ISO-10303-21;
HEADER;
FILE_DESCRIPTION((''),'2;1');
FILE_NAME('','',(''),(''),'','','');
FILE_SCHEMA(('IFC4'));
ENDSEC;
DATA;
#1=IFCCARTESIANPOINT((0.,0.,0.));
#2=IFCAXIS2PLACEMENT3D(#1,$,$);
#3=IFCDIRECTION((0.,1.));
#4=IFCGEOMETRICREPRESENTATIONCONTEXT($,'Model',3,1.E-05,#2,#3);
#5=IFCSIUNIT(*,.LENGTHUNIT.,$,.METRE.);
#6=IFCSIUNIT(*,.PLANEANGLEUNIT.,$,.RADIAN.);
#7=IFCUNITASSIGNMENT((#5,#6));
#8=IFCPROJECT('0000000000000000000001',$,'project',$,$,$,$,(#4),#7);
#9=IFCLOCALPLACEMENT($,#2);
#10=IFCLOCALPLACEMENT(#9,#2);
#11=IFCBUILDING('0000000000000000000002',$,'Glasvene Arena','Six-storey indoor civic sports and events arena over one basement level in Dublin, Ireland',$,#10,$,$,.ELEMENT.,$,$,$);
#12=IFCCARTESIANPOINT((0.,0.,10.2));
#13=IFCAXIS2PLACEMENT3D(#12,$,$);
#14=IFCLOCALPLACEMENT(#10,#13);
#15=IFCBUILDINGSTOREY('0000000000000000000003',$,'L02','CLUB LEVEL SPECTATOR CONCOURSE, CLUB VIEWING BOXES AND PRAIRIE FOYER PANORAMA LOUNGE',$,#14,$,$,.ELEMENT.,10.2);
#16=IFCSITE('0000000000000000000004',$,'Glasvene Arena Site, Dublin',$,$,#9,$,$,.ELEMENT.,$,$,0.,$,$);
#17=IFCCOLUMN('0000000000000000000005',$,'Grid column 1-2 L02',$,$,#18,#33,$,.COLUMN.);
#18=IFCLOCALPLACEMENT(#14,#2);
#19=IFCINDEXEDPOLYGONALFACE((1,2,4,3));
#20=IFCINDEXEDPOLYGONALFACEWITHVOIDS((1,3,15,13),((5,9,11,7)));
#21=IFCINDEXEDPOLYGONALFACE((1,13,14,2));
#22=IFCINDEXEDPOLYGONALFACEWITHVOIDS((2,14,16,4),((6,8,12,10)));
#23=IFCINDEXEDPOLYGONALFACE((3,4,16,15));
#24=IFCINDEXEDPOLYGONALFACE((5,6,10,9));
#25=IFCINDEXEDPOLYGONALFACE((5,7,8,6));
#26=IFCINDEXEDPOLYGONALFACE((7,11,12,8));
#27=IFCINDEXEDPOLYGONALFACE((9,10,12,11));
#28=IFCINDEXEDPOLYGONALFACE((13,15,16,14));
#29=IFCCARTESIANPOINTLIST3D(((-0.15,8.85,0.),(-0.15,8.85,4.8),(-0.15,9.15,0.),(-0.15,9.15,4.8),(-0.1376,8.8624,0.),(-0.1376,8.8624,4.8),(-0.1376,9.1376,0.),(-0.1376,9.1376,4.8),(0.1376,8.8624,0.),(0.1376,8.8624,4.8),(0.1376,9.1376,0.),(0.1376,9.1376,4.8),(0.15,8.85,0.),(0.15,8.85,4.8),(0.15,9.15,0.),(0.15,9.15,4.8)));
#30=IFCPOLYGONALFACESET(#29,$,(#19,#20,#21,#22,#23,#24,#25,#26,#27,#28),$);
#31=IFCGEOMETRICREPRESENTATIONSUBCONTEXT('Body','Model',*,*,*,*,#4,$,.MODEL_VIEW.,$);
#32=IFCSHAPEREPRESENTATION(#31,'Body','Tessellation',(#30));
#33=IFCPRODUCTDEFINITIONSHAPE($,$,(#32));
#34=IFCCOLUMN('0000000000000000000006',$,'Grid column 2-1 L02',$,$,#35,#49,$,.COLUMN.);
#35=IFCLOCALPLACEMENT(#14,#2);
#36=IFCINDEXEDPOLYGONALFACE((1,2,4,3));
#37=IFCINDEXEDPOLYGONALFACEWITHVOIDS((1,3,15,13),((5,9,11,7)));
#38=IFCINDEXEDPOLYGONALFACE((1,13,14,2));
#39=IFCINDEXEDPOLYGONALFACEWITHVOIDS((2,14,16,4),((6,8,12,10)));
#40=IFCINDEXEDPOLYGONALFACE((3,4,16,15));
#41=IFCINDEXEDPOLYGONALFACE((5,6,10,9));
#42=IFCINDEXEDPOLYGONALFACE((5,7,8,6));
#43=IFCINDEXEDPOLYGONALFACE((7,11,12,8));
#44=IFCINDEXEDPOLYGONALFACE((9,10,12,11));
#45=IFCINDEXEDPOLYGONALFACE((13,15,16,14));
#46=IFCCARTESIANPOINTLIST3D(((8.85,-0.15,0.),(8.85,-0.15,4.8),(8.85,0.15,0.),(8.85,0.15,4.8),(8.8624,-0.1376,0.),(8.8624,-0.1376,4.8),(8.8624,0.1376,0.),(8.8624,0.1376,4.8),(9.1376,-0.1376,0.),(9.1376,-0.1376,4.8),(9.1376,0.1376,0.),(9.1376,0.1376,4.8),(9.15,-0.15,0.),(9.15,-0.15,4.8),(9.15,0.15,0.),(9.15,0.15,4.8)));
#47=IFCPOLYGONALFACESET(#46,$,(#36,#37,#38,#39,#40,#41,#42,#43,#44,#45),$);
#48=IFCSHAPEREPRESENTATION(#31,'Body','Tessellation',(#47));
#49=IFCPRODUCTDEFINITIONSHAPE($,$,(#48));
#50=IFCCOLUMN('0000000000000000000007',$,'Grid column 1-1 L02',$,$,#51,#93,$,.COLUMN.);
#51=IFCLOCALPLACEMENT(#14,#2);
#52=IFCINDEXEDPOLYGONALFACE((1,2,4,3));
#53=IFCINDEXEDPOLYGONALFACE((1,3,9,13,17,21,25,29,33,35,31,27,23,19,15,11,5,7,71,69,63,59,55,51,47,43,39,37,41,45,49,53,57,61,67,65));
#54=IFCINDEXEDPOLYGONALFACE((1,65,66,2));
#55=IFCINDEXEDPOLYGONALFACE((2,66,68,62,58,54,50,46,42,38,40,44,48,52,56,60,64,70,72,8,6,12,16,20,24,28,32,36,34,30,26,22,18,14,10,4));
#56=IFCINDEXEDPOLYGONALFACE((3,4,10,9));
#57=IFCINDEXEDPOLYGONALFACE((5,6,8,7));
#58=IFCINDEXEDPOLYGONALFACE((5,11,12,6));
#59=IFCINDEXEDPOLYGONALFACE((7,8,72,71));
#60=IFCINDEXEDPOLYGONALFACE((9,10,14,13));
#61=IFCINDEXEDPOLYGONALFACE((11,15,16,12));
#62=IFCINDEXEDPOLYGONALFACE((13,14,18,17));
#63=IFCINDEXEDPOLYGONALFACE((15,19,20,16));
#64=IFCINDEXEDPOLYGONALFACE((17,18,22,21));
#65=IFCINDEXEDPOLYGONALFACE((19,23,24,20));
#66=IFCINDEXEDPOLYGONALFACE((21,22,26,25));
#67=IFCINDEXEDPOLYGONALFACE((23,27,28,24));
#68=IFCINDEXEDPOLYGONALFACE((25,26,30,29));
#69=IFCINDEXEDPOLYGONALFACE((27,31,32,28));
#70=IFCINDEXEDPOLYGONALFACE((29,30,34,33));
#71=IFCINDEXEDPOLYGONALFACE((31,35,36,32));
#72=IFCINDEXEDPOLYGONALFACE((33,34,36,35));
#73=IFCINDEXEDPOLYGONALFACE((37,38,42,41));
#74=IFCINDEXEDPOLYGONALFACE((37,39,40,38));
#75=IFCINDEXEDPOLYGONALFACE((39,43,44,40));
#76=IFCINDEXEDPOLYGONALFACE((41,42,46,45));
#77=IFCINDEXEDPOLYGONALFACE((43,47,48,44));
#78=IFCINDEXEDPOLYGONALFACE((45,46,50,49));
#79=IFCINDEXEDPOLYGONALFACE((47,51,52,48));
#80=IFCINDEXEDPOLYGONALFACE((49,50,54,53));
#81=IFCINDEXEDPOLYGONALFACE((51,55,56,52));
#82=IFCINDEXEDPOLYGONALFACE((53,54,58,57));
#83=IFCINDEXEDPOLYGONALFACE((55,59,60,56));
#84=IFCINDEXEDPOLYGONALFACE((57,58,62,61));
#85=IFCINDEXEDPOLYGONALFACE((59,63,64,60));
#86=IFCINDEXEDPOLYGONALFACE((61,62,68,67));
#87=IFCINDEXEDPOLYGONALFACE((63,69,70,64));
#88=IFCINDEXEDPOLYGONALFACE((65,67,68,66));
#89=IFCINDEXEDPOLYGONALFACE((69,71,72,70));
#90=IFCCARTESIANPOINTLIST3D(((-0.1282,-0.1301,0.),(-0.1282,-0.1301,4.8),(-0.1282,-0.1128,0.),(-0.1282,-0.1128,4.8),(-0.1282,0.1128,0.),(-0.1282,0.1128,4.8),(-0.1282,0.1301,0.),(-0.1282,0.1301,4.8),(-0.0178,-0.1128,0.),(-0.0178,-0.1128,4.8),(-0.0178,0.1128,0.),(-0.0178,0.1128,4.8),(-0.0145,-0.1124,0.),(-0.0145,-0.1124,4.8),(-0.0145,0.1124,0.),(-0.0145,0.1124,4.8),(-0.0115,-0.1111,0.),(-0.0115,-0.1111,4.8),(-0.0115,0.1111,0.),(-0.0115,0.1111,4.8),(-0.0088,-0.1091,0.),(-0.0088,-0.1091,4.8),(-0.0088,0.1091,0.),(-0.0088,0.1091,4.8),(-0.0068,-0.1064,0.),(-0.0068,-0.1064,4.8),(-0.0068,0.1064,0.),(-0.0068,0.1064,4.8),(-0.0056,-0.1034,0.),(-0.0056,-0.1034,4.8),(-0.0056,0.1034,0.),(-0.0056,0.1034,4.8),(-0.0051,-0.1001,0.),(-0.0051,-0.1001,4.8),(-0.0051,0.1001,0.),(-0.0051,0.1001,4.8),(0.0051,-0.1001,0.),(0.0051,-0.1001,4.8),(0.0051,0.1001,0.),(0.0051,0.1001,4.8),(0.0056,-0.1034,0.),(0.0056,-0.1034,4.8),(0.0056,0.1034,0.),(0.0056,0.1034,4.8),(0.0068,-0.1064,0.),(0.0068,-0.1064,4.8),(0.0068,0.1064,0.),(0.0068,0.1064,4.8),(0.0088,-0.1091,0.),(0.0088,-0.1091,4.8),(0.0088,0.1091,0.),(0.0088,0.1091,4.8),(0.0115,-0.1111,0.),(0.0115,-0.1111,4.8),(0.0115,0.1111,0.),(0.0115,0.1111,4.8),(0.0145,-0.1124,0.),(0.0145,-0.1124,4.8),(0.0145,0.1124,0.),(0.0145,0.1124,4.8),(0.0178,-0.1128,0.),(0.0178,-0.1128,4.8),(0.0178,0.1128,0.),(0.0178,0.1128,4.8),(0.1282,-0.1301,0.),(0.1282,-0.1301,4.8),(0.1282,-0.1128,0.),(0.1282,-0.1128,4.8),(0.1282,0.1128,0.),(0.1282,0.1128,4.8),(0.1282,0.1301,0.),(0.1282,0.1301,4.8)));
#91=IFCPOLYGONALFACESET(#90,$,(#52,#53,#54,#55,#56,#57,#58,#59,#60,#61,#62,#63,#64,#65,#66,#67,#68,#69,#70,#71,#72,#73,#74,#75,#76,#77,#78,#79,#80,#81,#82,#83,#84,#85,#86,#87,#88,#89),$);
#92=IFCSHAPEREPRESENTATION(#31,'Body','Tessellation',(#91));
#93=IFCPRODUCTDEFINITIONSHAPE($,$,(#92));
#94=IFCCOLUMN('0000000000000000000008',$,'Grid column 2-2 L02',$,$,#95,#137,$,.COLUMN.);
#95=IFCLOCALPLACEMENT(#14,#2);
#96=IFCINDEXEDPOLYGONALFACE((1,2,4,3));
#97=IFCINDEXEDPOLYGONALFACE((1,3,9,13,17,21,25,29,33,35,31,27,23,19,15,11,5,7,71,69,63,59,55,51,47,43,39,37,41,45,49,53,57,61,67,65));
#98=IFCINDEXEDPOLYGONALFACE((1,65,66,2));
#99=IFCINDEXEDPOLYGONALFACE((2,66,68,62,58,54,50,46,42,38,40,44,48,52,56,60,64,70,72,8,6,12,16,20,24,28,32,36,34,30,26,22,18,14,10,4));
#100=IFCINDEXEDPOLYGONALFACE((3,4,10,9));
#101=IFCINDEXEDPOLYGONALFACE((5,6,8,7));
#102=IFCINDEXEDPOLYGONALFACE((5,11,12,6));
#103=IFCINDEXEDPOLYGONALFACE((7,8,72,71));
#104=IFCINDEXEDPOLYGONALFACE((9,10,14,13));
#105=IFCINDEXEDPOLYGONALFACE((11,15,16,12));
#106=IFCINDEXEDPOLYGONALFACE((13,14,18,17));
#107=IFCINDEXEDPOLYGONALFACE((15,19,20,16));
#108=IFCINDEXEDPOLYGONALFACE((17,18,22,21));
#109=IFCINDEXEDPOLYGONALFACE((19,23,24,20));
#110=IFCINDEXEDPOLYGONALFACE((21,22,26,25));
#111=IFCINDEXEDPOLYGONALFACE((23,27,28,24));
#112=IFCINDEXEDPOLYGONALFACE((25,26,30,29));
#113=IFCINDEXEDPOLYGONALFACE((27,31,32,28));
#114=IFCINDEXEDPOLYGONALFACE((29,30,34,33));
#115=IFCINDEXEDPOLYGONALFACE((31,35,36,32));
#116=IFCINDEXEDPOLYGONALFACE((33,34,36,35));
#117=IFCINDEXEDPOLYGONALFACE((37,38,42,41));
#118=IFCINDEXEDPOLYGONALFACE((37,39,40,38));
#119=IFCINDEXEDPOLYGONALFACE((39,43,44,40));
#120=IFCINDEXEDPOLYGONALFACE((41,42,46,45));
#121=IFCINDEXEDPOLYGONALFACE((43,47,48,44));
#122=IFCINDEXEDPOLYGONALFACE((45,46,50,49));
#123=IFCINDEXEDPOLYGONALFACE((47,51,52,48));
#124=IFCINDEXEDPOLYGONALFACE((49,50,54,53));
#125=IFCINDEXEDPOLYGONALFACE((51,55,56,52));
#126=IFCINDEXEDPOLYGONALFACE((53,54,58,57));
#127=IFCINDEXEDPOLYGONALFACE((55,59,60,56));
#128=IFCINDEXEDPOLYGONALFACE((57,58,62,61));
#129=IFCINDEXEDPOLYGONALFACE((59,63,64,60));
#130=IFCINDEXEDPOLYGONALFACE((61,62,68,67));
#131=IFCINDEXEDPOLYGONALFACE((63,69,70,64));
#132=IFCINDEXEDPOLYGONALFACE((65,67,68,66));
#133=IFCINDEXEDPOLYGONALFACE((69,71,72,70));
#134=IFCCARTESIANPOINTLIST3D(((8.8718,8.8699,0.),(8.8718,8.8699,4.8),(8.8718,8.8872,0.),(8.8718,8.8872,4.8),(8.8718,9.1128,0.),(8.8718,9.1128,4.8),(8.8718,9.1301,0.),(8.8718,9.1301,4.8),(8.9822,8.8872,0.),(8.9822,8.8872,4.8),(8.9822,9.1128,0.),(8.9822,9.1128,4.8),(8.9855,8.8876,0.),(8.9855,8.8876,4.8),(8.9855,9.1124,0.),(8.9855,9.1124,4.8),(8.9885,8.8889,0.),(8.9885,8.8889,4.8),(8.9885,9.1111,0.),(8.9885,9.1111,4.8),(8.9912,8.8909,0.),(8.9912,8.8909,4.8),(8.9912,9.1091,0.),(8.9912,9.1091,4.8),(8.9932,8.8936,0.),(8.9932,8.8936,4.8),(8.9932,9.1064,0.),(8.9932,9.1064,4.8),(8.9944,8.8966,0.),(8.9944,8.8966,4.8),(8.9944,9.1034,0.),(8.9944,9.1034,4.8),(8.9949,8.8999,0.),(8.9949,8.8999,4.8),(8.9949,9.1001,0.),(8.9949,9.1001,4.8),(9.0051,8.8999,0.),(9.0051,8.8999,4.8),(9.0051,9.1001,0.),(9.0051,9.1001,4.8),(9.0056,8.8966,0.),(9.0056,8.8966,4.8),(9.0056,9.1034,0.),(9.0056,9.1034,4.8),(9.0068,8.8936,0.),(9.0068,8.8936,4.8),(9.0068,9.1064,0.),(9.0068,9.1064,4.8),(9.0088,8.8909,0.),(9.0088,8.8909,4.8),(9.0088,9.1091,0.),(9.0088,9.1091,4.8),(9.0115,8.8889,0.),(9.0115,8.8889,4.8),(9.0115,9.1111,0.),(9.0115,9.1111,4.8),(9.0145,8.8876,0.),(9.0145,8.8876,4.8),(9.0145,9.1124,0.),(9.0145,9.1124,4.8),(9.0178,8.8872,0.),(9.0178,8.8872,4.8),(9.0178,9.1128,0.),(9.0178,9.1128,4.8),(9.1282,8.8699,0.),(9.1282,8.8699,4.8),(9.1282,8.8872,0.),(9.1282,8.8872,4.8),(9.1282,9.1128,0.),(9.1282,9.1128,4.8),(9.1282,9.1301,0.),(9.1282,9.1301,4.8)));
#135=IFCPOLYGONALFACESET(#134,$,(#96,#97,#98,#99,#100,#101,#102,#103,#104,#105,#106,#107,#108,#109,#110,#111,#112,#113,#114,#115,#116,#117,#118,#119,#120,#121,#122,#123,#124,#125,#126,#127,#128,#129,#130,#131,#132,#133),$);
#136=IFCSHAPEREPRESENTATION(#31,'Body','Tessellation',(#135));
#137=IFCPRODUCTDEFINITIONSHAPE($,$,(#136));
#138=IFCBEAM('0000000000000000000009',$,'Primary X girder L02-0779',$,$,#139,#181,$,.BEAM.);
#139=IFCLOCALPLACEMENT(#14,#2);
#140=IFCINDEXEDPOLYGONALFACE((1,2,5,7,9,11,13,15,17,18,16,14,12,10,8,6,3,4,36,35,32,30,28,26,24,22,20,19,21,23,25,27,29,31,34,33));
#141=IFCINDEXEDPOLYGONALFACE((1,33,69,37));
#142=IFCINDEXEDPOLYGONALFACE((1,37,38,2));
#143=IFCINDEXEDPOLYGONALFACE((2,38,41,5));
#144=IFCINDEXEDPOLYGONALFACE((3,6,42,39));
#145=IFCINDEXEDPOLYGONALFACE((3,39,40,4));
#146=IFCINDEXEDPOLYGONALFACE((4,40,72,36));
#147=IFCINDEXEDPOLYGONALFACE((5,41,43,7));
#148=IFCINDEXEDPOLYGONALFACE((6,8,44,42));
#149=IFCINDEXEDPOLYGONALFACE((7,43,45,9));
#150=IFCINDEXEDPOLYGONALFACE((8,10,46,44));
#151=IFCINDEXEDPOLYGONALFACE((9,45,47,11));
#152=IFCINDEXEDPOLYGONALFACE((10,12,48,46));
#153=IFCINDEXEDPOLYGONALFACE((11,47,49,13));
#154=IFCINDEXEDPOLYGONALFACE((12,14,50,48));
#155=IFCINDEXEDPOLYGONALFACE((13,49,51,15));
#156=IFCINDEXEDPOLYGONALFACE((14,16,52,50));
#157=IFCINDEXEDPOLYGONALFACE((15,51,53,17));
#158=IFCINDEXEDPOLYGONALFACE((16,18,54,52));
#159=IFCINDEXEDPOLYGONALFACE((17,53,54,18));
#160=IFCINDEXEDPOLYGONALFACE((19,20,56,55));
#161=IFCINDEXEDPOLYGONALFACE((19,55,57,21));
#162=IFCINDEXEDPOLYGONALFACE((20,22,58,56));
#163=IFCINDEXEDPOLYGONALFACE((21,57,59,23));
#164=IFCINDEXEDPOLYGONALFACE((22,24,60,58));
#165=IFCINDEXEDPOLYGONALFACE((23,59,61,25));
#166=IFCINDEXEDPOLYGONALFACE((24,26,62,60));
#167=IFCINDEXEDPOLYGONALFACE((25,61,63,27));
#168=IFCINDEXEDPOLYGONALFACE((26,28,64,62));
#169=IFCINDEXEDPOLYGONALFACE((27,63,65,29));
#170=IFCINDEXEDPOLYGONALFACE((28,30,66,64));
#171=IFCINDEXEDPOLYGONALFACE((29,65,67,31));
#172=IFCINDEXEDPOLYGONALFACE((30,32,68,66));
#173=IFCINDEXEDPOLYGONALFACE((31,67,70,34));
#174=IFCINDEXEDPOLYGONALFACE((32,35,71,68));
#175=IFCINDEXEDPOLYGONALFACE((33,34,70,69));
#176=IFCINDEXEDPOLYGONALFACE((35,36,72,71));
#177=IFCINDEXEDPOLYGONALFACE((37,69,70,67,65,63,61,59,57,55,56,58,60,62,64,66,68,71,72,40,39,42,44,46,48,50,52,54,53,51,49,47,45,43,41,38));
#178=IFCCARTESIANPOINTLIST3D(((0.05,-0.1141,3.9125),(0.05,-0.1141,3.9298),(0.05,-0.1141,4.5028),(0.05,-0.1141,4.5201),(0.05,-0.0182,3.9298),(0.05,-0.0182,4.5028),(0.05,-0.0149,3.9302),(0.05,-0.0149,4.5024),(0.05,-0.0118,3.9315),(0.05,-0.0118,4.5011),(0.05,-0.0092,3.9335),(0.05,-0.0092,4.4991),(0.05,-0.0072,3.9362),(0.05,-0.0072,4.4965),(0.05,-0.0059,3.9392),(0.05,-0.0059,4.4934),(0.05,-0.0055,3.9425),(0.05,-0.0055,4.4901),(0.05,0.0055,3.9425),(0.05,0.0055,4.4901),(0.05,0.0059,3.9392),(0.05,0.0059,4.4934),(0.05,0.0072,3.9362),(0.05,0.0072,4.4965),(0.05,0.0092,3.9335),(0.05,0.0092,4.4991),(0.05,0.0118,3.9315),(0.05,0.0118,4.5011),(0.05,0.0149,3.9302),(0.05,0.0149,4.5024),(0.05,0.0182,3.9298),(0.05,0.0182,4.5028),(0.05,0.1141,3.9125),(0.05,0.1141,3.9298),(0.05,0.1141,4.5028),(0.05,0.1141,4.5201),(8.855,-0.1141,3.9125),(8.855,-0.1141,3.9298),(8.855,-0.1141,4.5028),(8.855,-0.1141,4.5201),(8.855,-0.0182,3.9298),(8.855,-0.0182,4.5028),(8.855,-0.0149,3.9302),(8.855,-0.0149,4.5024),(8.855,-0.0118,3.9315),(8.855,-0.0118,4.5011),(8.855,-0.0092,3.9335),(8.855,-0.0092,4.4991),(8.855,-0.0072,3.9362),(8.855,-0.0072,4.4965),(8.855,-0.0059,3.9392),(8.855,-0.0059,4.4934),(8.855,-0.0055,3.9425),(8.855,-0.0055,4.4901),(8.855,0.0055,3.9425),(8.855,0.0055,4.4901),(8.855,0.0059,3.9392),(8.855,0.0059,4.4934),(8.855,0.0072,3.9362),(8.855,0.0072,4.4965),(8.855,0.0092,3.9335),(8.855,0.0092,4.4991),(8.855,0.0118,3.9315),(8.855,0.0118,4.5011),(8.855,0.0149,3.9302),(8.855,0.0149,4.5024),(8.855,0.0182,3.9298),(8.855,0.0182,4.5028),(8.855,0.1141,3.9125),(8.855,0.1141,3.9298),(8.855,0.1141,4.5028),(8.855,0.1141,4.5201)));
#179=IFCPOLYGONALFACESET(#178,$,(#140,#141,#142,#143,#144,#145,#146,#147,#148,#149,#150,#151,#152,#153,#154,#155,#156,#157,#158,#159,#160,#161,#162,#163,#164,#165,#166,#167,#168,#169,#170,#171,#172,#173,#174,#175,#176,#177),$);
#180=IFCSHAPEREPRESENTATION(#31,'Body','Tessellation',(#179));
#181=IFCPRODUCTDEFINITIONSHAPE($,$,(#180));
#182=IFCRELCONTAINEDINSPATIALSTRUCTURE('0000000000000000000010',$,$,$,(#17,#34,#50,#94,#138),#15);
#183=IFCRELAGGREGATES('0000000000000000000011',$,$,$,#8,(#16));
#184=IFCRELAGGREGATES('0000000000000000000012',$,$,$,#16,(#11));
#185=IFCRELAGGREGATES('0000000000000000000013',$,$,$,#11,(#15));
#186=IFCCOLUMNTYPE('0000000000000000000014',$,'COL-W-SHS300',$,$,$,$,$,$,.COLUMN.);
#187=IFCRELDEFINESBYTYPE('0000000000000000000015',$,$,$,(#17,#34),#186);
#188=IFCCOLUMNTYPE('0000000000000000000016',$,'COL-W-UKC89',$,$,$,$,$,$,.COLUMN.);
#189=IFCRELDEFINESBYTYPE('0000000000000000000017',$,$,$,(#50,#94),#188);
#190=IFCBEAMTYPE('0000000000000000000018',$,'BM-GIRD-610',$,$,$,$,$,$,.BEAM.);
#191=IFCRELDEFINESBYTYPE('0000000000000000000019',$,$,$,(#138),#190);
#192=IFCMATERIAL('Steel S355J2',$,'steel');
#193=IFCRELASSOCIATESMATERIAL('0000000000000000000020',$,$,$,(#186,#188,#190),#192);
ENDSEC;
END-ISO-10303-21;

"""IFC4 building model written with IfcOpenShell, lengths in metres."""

from ifc_helpers import new_model, si_unit, direction, frame, origin, origin_2d, place, context, subcontext, project, spatial, hollow_rectangle, i_section, extrude, material, material_profile, profile_set, type_object, element, save


model = new_model("IFC4")

# Units and contexts
model_context = context("Model", 3, precision=1e-05, world=origin(), true_north=direction((0.0, 1.0)))
body_context = subcontext(model_context, "Body", "Model", "MODEL_VIEW")
ifc_project = project(units=[si_unit("LENGTHUNIT", "METRE"), si_unit("PLANEANGLEUNIT", "RADIAN")], contexts=[model_context])

# Site, building, storey
site_placement = place(None, origin())
site = spatial("IfcSite", under=ifc_project, at=site_placement, Name="Glasvene Arena Site, Dublin", CompositionType="ELEMENT", RefElevation=0.0)
building_placement = place(site_placement, origin())
building = spatial("IfcBuilding", under=site, at=building_placement, Name="Glasvene Arena", Description="Six-storey indoor civic sports and events arena over one basement level in Dublin, Ireland", CompositionType="ELEMENT")
storey_placement = place(building_placement, frame((0.0, 0.0, 10.2)))
storey = spatial("IfcBuildingStorey", under=building, at=storey_placement, Name="L02", Description="CLUB LEVEL SPECTATOR CONCOURSE, CLUB VIEWING BOXES AND PRAIRIE FOYER PANORAMA LOUNGE", CompositionType="ELEMENT", Elevation=10.2)

# Columns
ifc_material_1 = material(Name="Steel S355J2", Category="steel")
ifc_material_profile_1 = material_profile(ifc_material_1, hollow_rectangle(XDim=0.3, YDim=0.3, WallThickness=0.0125, at=origin_2d()), Name="SHS 300x300x12.5")
ifc_profile_set_1 = profile_set([ifc_material_profile_1], Name="Steel S355J2")
column_type_1 = type_object("IfcColumnType", Name="COL-W-SHS300", PredefinedType="COLUMN", material=ifc_profile_set_1)
for number, where, z_axis, x_axis, name in (
    (1, (0.0, 9.0, 0.0), (0.0, 0.0, 1.0), (1.0, 0.0, 0.0), "Grid column 1-2 L02"),
    (2, (9.0, 0.0, 0.0), (0.0, 0.0, 1.0), (1.0, 0.0, 0.0), "Grid column 2-1 L02"),
):
    element("IfcColumn", number, at=place(storey_placement, frame(where, z_axis=z_axis, x_axis=x_axis)), inside=storey, type_object=column_type_1, Name=name, PredefinedType="COLUMN", context=body_context, shape_type="SweptSolid", body=[
        extrude(hollow_rectangle(XDim=0.3, YDim=0.3, WallThickness=0.0125, at=origin_2d()), origin(), (0.0, 0.0, 1.0), 4.8),
    ])
ifc_material_profile_2 = material_profile(ifc_material_1, i_section(OverallWidth=0.2563, OverallDepth=0.2603, WebThickness=0.0103, FlangeThickness=0.0173, FilletRadius=0.0127, at=origin_2d()), Name="UKC 254x254x89")
ifc_profile_set_2 = profile_set([ifc_material_profile_2], Name="Steel S355J2")
column_type_2 = type_object("IfcColumnType", Name="COL-W-UKC89", PredefinedType="COLUMN", material=ifc_profile_set_2)
for number, where, z_axis, x_axis, name in (
    (3, (0.0, 0.0, 0.0), (0.0, 0.0, 1.0), (1.0, 0.0, 0.0), "Grid column 1-1 L02"),
    (4, (9.0, 9.0, 0.0), (0.0, 0.0, 1.0), (1.0, 0.0, 0.0), "Grid column 2-2 L02"),
):
    element("IfcColumn", number, at=place(storey_placement, frame(where, z_axis=z_axis, x_axis=x_axis)), inside=storey, type_object=column_type_2, Name=name, PredefinedType="COLUMN", context=body_context, shape_type="SweptSolid", body=[
        extrude(i_section(OverallWidth=0.2563, OverallDepth=0.2603, WebThickness=0.0103, FlangeThickness=0.0173, FilletRadius=0.0127, at=origin_2d()), origin(), (0.0, 0.0, 1.0), 4.8),
    ])

# Beam
ifc_material_profile_3 = material_profile(ifc_material_1, i_section(OverallWidth=0.2283, OverallDepth=0.6077, WebThickness=0.011, FlangeThickness=0.0173, FilletRadius=0.0127, at=origin_2d()), Name="UKB 610x229x113")
ifc_profile_set_3 = profile_set([ifc_material_profile_3], Name="Steel S355J2")
beam_type_1 = type_object("IfcBeamType", Name="BM-GIRD-610", PredefinedType="BEAM", material=ifc_profile_set_3)
for number, where, z_axis, x_axis, name in (
    (5, (0.05, 0.0, 4.2163), (1.0, 0.0, 0.0), (0.0, 1.0, 0.0), "Primary X girder L02-0779"),
):
    element("IfcBeam", number, at=place(storey_placement, frame(where, z_axis=z_axis, x_axis=x_axis)), inside=storey, type_object=beam_type_1, Name=name, PredefinedType="BEAM", context=body_context, shape_type="SweptSolid", body=[
        extrude(i_section(OverallWidth=0.2283, OverallDepth=0.6077, WebThickness=0.011, FlangeThickness=0.0173, FilletRadius=0.0127, at=origin_2d()), origin(), (0.0, 0.0, 1.0), 8.8049),
    ])

save(model, "model.ifc")
